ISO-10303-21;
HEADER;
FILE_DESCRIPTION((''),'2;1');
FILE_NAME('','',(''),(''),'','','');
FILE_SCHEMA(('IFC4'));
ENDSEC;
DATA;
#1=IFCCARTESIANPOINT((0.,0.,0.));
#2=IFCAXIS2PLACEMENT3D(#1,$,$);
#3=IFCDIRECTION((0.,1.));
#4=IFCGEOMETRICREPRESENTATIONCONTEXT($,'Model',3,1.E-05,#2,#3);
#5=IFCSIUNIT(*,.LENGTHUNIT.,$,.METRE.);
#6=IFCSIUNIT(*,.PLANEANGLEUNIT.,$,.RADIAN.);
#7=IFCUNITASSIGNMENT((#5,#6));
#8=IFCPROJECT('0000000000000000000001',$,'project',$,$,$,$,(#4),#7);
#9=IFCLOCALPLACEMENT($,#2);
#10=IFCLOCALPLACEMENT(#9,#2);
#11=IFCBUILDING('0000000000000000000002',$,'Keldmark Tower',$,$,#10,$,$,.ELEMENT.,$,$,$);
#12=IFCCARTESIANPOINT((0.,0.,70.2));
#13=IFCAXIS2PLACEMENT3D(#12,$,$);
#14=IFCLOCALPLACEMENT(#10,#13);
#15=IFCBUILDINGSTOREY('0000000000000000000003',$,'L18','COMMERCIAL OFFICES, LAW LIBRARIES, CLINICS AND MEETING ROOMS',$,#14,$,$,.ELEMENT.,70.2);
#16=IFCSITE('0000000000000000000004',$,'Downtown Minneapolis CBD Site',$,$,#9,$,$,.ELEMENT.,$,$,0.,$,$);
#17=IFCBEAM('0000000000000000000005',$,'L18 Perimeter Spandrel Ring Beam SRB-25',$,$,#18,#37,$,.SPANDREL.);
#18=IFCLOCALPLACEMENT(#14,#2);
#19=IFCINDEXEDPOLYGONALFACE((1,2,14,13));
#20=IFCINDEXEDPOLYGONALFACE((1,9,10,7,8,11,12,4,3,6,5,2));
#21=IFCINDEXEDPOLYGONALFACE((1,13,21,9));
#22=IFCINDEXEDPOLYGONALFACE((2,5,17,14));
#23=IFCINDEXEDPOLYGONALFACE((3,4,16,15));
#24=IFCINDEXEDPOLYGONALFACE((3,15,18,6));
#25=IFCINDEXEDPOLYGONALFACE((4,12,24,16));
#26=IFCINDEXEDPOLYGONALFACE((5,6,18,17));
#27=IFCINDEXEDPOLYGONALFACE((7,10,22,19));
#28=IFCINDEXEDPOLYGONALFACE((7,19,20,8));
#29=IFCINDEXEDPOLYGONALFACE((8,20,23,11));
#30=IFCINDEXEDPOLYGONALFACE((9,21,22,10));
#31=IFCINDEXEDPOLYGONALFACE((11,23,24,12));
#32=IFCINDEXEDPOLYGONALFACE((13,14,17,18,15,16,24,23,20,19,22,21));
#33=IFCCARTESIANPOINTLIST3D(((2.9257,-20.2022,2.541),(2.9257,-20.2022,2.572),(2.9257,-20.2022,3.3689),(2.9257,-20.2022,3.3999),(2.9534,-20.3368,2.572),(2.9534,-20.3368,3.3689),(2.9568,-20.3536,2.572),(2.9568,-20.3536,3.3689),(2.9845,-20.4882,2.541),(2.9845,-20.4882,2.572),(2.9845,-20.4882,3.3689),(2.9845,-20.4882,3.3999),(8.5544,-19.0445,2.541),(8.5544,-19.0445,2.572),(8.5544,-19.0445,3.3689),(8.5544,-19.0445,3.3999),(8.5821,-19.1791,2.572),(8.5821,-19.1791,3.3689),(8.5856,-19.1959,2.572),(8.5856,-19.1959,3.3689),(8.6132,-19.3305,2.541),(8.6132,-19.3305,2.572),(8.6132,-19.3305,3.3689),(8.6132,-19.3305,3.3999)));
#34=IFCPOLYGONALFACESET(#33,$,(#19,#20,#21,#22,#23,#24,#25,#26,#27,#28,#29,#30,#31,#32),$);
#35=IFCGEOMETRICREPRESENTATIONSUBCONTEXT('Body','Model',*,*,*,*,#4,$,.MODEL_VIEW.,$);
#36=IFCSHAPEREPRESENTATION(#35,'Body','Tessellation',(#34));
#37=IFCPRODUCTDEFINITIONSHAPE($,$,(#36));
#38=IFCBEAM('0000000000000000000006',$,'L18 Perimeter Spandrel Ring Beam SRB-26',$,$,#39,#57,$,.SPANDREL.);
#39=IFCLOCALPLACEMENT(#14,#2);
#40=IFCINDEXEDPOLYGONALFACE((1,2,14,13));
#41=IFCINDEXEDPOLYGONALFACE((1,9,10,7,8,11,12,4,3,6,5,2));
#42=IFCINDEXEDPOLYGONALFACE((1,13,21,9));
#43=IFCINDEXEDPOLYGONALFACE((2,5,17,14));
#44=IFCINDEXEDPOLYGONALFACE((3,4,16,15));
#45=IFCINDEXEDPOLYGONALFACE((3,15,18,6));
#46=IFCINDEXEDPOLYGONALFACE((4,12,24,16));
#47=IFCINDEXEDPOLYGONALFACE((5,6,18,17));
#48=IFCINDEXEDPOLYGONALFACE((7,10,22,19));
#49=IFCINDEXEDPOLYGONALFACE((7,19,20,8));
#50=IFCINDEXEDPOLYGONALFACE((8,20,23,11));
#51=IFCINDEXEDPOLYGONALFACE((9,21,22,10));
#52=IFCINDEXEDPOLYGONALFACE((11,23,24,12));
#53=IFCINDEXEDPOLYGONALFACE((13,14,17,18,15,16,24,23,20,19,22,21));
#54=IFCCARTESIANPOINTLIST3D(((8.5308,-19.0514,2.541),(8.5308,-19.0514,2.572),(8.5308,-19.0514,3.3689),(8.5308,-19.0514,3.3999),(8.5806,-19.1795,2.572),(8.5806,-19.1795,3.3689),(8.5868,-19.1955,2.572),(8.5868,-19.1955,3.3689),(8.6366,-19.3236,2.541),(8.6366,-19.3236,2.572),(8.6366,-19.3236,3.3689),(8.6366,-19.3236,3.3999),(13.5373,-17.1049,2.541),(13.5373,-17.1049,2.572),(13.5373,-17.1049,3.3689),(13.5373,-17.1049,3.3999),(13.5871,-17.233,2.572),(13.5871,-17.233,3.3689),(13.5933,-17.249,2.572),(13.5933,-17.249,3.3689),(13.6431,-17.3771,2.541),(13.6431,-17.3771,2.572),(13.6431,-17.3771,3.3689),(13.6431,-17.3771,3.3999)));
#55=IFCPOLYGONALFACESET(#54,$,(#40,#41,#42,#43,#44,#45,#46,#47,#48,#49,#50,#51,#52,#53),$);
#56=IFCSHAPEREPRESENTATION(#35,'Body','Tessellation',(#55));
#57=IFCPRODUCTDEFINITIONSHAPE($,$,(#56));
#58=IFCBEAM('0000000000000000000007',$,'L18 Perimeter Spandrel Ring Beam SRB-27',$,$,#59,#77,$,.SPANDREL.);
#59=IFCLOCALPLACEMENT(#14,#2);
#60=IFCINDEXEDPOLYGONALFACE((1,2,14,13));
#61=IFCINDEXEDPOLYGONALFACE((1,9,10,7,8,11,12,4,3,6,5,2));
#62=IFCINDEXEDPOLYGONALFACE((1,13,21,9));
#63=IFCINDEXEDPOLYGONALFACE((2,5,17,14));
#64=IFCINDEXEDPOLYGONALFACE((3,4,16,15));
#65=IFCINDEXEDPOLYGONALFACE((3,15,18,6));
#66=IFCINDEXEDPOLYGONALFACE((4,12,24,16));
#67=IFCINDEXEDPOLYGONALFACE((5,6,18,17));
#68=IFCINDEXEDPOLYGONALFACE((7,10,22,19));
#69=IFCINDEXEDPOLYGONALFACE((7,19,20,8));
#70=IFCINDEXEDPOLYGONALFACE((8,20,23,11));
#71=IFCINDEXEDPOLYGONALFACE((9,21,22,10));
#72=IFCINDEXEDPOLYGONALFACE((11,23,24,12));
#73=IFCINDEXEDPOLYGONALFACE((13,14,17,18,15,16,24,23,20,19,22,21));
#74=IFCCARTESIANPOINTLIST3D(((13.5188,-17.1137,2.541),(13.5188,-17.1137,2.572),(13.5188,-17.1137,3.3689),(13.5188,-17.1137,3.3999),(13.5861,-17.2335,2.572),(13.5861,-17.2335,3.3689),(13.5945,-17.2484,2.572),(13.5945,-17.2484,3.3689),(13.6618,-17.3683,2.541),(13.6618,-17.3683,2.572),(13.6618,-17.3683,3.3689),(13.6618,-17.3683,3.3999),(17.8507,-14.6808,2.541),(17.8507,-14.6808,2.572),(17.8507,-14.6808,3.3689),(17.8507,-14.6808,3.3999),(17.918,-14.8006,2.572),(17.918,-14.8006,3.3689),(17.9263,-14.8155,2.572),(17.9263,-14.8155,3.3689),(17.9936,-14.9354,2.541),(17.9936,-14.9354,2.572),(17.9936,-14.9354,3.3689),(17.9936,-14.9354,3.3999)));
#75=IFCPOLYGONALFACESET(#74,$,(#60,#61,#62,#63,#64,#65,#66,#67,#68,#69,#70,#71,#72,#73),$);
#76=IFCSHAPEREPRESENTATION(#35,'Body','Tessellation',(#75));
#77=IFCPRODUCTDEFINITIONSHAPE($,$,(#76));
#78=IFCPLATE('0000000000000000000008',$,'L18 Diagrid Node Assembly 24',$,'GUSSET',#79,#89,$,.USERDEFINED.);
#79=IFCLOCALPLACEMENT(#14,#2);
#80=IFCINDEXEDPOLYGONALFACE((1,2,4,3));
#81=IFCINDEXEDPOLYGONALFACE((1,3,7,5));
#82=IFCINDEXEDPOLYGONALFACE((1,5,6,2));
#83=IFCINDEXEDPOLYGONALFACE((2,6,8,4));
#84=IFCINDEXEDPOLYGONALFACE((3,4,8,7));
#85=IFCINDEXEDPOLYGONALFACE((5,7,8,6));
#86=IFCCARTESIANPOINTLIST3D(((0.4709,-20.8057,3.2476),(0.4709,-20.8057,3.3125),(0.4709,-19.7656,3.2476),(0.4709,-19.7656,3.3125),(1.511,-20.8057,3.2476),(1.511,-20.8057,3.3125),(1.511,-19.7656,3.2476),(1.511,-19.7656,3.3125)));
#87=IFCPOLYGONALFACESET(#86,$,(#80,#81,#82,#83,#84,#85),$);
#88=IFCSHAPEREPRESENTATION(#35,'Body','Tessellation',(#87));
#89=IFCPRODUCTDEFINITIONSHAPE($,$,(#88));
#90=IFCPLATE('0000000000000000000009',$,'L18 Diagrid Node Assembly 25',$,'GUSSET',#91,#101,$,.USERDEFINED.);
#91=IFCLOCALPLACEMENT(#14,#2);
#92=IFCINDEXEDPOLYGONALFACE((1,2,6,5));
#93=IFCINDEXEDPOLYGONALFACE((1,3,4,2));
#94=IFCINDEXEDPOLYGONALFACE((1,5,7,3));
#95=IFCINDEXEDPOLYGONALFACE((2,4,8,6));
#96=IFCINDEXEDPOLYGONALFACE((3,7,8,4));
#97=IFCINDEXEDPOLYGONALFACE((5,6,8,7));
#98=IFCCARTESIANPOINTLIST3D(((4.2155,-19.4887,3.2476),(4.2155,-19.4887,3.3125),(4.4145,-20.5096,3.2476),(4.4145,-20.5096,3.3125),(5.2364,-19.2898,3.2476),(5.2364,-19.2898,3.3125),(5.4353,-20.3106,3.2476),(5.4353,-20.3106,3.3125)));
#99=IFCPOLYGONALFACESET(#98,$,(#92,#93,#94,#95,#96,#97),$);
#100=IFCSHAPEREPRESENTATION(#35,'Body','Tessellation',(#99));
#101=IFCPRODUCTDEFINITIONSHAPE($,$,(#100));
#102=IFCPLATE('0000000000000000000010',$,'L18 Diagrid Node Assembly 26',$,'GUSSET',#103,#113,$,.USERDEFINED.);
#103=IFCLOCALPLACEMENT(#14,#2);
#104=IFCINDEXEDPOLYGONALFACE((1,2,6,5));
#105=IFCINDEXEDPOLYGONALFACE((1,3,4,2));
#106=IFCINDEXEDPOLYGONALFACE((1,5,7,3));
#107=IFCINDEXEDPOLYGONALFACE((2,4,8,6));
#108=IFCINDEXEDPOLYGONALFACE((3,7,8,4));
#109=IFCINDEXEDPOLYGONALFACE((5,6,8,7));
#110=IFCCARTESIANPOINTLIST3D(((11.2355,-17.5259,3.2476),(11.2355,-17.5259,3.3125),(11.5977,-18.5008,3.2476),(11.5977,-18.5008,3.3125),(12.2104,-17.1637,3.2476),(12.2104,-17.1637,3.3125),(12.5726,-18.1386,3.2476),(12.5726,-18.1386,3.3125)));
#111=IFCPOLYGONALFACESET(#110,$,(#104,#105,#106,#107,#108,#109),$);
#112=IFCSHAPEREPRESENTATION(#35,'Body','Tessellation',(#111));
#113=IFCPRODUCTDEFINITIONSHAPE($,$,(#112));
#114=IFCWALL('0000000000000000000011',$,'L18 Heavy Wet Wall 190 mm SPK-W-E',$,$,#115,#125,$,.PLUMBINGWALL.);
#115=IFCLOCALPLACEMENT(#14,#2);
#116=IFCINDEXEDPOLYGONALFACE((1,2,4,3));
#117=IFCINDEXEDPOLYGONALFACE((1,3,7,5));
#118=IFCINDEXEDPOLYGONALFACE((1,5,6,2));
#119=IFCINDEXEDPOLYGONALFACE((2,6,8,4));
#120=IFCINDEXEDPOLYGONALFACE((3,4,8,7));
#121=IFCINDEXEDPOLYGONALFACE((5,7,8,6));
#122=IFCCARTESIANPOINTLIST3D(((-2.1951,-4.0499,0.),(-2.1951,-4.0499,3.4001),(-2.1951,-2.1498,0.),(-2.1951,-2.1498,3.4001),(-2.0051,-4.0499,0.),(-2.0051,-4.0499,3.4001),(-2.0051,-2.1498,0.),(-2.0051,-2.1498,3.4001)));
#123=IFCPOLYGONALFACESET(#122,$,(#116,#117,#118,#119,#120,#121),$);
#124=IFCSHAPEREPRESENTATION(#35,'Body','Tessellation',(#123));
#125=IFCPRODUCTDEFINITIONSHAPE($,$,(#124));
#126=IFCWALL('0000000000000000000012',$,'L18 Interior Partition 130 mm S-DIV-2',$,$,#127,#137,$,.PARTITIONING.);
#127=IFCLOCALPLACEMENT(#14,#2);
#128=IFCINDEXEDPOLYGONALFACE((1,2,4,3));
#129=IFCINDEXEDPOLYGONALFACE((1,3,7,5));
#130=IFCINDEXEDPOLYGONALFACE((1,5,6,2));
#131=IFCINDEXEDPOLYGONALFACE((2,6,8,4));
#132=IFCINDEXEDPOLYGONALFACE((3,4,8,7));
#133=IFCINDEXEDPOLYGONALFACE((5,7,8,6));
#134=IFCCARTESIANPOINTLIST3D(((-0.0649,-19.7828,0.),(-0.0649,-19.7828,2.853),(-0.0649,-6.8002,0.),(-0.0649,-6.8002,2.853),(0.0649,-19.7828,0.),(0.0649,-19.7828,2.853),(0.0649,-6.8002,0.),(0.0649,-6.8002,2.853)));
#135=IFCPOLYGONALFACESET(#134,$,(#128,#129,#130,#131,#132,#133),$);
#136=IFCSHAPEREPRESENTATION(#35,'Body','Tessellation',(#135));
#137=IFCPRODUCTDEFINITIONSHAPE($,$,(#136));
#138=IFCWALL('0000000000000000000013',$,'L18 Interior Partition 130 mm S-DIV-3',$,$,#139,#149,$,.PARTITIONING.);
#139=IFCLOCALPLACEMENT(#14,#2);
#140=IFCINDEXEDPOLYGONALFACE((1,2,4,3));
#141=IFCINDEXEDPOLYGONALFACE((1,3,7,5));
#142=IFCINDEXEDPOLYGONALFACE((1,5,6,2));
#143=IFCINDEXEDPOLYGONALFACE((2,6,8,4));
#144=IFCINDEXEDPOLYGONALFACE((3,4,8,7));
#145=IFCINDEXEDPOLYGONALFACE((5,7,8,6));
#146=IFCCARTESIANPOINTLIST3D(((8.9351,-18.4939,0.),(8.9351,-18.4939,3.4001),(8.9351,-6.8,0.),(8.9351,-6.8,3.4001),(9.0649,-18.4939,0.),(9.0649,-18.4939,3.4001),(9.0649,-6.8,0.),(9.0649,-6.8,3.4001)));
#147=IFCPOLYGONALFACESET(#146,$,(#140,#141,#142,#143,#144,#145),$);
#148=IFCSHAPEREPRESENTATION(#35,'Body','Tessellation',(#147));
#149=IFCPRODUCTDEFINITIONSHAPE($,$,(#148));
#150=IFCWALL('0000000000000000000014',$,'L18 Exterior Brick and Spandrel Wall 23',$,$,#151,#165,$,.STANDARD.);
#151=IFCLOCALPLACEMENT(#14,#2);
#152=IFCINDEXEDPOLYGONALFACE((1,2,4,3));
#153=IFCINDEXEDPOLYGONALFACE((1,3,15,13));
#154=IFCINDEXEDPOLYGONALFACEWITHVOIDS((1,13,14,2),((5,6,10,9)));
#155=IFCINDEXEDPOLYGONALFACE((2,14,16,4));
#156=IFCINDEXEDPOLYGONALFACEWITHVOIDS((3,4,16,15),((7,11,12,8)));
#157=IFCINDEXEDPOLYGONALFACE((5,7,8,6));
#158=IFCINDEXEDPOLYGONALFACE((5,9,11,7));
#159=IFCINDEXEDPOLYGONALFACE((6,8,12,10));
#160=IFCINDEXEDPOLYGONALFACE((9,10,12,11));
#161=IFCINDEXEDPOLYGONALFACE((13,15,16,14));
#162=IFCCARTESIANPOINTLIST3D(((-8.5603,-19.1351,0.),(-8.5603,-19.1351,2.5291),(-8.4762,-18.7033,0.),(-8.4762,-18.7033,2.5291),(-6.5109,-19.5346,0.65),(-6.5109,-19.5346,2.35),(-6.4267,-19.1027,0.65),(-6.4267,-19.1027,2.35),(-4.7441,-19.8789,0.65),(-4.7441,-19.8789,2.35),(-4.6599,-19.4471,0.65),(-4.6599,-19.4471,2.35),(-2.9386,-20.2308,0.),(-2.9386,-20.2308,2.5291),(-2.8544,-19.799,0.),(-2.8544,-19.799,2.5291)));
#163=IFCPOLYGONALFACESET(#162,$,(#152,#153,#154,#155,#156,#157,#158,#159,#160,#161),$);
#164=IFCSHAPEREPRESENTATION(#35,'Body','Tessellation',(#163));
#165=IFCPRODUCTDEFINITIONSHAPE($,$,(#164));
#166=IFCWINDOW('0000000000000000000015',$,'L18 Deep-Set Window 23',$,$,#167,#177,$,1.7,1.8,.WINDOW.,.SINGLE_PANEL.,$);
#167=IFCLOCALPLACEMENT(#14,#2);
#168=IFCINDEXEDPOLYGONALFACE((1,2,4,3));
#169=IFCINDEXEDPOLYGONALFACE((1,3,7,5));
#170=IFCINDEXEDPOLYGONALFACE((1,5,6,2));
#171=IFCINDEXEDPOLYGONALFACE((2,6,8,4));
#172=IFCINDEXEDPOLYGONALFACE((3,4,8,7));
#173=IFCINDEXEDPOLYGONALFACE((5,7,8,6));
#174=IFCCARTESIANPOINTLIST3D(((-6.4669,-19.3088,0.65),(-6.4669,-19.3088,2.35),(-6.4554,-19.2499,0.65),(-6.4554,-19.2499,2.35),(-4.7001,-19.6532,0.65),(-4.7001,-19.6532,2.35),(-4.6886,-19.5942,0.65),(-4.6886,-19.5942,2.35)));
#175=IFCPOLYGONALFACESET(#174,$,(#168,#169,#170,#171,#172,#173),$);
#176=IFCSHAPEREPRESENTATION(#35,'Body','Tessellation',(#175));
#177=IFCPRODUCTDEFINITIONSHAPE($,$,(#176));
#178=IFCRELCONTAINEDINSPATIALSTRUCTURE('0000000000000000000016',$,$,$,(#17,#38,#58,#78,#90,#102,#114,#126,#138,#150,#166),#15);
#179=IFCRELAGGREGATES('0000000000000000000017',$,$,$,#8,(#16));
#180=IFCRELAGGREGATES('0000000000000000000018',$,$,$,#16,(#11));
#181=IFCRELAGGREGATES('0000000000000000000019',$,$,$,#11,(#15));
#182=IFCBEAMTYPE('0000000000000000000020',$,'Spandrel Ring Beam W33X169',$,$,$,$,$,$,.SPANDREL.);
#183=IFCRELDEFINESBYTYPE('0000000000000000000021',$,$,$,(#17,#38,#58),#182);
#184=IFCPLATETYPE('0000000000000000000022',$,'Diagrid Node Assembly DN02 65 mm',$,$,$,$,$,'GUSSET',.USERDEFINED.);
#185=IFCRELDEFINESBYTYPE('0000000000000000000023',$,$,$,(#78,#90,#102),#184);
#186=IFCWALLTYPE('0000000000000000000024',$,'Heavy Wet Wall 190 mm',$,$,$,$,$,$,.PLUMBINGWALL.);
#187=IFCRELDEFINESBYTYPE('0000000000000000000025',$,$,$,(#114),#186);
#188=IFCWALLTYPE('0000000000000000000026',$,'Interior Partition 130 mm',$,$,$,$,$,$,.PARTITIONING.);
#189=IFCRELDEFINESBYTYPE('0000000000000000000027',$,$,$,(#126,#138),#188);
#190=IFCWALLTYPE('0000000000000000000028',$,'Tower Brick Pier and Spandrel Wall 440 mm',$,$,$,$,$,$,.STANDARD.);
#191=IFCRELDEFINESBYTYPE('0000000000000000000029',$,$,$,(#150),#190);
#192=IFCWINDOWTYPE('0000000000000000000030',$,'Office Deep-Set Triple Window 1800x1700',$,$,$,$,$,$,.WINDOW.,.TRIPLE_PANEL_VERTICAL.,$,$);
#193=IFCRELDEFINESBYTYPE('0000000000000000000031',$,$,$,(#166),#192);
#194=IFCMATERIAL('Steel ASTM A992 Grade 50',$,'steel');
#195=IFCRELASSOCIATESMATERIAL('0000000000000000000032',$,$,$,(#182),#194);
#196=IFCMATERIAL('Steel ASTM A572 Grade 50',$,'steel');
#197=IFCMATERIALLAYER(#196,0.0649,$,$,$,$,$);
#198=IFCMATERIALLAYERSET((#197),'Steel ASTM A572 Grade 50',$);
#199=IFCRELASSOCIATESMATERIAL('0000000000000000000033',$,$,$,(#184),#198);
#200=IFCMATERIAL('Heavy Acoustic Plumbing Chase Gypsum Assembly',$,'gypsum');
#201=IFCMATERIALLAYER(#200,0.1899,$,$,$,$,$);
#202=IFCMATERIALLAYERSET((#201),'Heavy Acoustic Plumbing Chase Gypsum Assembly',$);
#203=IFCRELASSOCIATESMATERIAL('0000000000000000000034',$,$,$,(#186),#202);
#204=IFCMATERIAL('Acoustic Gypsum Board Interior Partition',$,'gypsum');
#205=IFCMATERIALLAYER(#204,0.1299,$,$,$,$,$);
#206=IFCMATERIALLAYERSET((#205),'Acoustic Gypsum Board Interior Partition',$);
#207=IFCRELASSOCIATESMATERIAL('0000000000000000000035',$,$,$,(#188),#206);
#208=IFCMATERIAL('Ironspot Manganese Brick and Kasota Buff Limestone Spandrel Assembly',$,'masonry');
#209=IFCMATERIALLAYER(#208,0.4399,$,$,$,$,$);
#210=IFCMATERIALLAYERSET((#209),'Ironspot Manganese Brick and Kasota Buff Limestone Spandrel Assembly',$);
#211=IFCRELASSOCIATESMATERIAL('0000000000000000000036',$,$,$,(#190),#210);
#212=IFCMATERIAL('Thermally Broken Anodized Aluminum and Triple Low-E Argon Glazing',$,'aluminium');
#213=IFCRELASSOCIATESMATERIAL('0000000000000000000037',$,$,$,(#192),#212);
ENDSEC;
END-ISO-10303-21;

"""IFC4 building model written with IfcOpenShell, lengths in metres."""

from ifc_helpers import new_model, si_unit, direction, frame, frame_2d, origin, origin_2d, place, context, subcontext, project, spatial, rectangle, i_section, extrude, material, layer, layer_set, material_profile, profile_set, type_object, element, fill, save


model = new_model("IFC4")

# Units and contexts
model_context = context("Model", 3, precision=1e-05, world=origin(), true_north=direction((0.0, 1.0)))
body_context = subcontext(model_context, "Body", "Model", "MODEL_VIEW")
ifc_project = project(units=[si_unit("LENGTHUNIT", "METRE"), si_unit("PLANEANGLEUNIT", "RADIAN")], contexts=[model_context])

# Site, building, storey
site_placement = place(None, origin())
site = spatial("IfcSite", under=ifc_project, at=site_placement, Name="Downtown Minneapolis CBD Site", CompositionType="ELEMENT", RefElevation=0.0)
building_placement = place(site_placement, origin())
building = spatial("IfcBuilding", under=site, at=building_placement, Name="Keldmark Tower", CompositionType="ELEMENT")
storey_placement = place(building_placement, frame((0.0, 0.0, 70.2)))
storey = spatial("IfcBuildingStorey", under=building, at=storey_placement, Name="L18", Description="COMMERCIAL OFFICES, LAW LIBRARIES, CLINICS AND MEETING ROOMS", CompositionType="ELEMENT", Elevation=70.2)

# Beams
ifc_material_1 = material(Name="Steel ASTM A992 Grade 50", Category="steel")
ifc_material_profile_1 = material_profile(ifc_material_1, i_section(OverallWidth=0.292, OverallDepth=0.8589, WebThickness=0.0171, FlangeThickness=0.031, at=origin_2d()), Name="W33X169")
ifc_profile_set_1 = profile_set([ifc_material_profile_1], Name="Steel ASTM A992 Grade 50")
beam_type_1 = type_object("IfcBeamType", Name="Spandrel Ring Beam W33X169", PredefinedType="SPANDREL", material=ifc_profile_set_1)
beam_1_placement = place(storey_placement, frame((2.9551, -20.3452, 2.9705), z_axis=(0.979496, 0.201465, 0.0), x_axis=(-0.201465, 0.979496, 0.0)))
element("IfcBeam", 1, at=beam_1_placement, inside=storey, type_object=beam_type_1, Name="L18 Perimeter Spandrel Ring Beam SRB-25", PredefinedType="SPANDREL", context=body_context, shape_type="SweptSolid", body=[
    extrude(i_section(OverallWidth=0.292, OverallDepth=0.8589, WebThickness=0.0171, FlangeThickness=0.031, at=origin_2d()), origin(), (0.0, 0.0, 1.0), 5.7466),
])
beam_2_placement = place(storey_placement, frame((8.5837, -19.1875, 2.9705), z_axis=(0.932035, 0.362369, 0.0), x_axis=(-0.362369, 0.932035, 0.0)))
element("IfcBeam", 2, at=beam_2_placement, inside=storey, type_object=beam_type_1, Name="L18 Perimeter Spandrel Ring Beam SRB-26", PredefinedType="SPANDREL", context=body_context, shape_type="SweptSolid", body=[
    extrude(i_section(OverallWidth=0.292, OverallDepth=0.8589, WebThickness=0.0171, FlangeThickness=0.031, at=origin_2d()), origin(), (0.0, 0.0, 1.0), 5.3716),
])
beam_3_placement = place(storey_placement, frame((13.5903, -17.241, 2.9705), z_axis=(0.871899, 0.489685, 0.0), x_axis=(-0.489685, 0.871899, 0.0)))
element("IfcBeam", 3, at=beam_3_placement, inside=storey, type_object=beam_type_1, Name="L18 Perimeter Spandrel Ring Beam SRB-27", PredefinedType="SPANDREL", context=body_context, shape_type="SweptSolid", body=[
    extrude(i_section(OverallWidth=0.292, OverallDepth=0.8589, WebThickness=0.0171, FlangeThickness=0.031, at=origin_2d()), origin(), (0.0, 0.0, 1.0), 4.9683),
])

# Plates
ifc_material_2 = material(Name="Steel ASTM A572 Grade 50", Category="steel")
ifc_layer_1 = layer(ifc_material_2, 0.0649)
ifc_layer_set_1 = layer_set([ifc_layer_1], Name="Steel ASTM A572 Grade 50")
plate_type = type_object("IfcPlateType", Name="Diagrid Node Assembly DN02 65 mm", ElementType="GUSSET", PredefinedType="USERDEFINED", material=ifc_layer_set_1)
for number, where, z_axis, x_axis, name in (
    (4, (0.991, -20.2856, 3.2476), (0.0, 0.0, 1.0), (1.0, 0.0, 0.0), "L18 Diagrid Node Assembly 24"),
    (5, (4.8254, -19.8997, 3.2476), (0.0, 0.0, 1.0), (0.981527, 0.191323, 0.0), "L18 Diagrid Node Assembly 25"),
    (6, (11.9041, -17.8323, 3.2476), (0.0, 0.0, 1.0), (0.937404, 0.348245, 0.0), "L18 Diagrid Node Assembly 26"),
):
    element("IfcPlate", number, at=place(storey_placement, frame(where, z_axis=z_axis, x_axis=x_axis)), inside=storey, type_object=plate_type, Name=name, ObjectType="GUSSET", PredefinedType="USERDEFINED", context=body_context, shape_type="SweptSolid", body=[
        extrude(rectangle(XDim=1.04, YDim=1.04, at=origin_2d()), origin(), (0.0, 0.0, 1.0), 0.0649),
    ])

# Walls
ifc_material_3 = material(Name="Heavy Acoustic Plumbing Chase Gypsum Assembly", Category="gypsum")
ifc_layer_2 = layer(ifc_material_3, 0.1899)
ifc_layer_set_2 = layer_set([ifc_layer_2], Name="Heavy Acoustic Plumbing Chase Gypsum Assembly")
wall_type_1 = type_object("IfcWallType", Name="Heavy Wet Wall 190 mm", PredefinedType="PLUMBINGWALL", material=ifc_layer_set_2)
wall_1_placement = place(storey_placement, frame((-2.1001, -4.05, 0.0), z_axis=(0.0, 0.0, 1.0), x_axis=(0.0, 1.0, 0.0)))
element("IfcWall", 7, at=wall_1_placement, inside=storey, type_object=wall_type_1, Name="L18 Heavy Wet Wall 190 mm SPK-W-E", PredefinedType="PLUMBINGWALL", context=body_context, shape_type="SweptSolid", body=[
    extrude(rectangle(XDim=1.9001, YDim=0.1899, at=frame_2d((0.9502, 0.0))), origin(), (0.0, 0.0, 1.0), 3.4001),
])
ifc_material_4 = material(Name="Acoustic Gypsum Board Interior Partition", Category="gypsum")
ifc_layer_3 = layer(ifc_material_4, 0.1299)
ifc_layer_set_3 = layer_set([ifc_layer_3], Name="Acoustic Gypsum Board Interior Partition")
wall_type_2 = type_object("IfcWallType", Name="Interior Partition 130 mm", PredefinedType="PARTITIONING", material=ifc_layer_set_3)
wall_2_placement = place(storey_placement, frame((0.0, -19.7827, 0.0), z_axis=(0.0, 0.0, 1.0), x_axis=(0.0, 1.0, 0.0)))
element("IfcWall", 8, at=wall_2_placement, inside=storey, type_object=wall_type_2, Name="L18 Interior Partition 130 mm S-DIV-2", PredefinedType="PARTITIONING", context=body_context, shape_type="SweptSolid", body=[
    extrude(rectangle(XDim=12.9827, YDim=0.1299, at=frame_2d((6.4912, 0.0))), origin(), (0.0, 0.0, 1.0), 2.853),
])
wall_3_placement = place(storey_placement, frame((9.0, -18.4939, 0.0), z_axis=(0.0, 0.0, 1.0), x_axis=(0.0, 1.0, 0.0)))
element("IfcWall", 9, at=wall_3_placement, inside=storey, type_object=wall_type_2, Name="L18 Interior Partition 130 mm S-DIV-3", PredefinedType="PARTITIONING", context=body_context, shape_type="SweptSolid", body=[
    extrude(rectangle(XDim=11.6938, YDim=0.1299, at=frame_2d((5.8469, 0.0))), origin(), (0.0, 0.0, 1.0), 3.4001),
])

# Wall, opening, window
ifc_material_5 = material(Name="Ironspot Manganese Brick and Kasota Buff Limestone Spandrel Assembly", Category="masonry")
ifc_layer_4 = layer(ifc_material_5, 0.4399)
ifc_layer_set_4 = layer_set([ifc_layer_4], Name="Ironspot Manganese Brick and Kasota Buff Limestone Spandrel Assembly")
wall_type_3 = type_object("IfcWallType", Name="Tower Brick Pier and Spandrel Wall 440 mm", PredefinedType="STANDARD", material=ifc_layer_set_4)
wall_4_placement = place(storey_placement, frame((-2.8965, -20.0149, 0.0), z_axis=(0.0, 0.0, 1.0), x_axis=(-0.981531, 0.191302, 0.0)))
wall_4 = element("IfcWall", 10, at=wall_4_placement, inside=storey, type_object=wall_type_3, Name="L18 Exterior Brick and Spandrel Wall 23", PredefinedType="STANDARD", context=body_context, shape_type="SweptSolid", body=[
    extrude(rectangle(XDim=5.7275, YDim=0.4399, at=frame_2d((2.8638, 0.0))), origin(), (0.0, 0.0, 1.0), 2.5291),
])
opening_1_placement = place(wall_4_placement, frame((1.8396, 0.0, 0.6499)))
opening_1 = element("IfcOpeningElement", 11, at=opening_1_placement, cuts=wall_4, PredefinedType="OPENING", context=body_context, shape_type="SweptSolid", body=[
    extrude(rectangle(XDim=1.8, YDim=1.7, at=frame_2d((0.8999, 0.8501))), frame((0.0, 0.23, 0.0), z_axis=(0.0, -1.0, 0.0), x_axis=(1.0, 0.0, 0.0)), (0.0, 0.0, 1.0), 0.46),
])
ifc_material_6 = material(Name="Thermally Broken Anodized Aluminum and Triple Low-E Argon Glazing", Category="aluminium")
window_type = type_object("IfcWindowType", Name="Office Deep-Set Triple Window 1800x1700", PartitioningType="TRIPLE_PANEL_VERTICAL", PredefinedType="WINDOW", material=ifc_material_6)
window_1_placement = place(opening_1_placement, origin())
window_1 = element("IfcWindow", 12, at=window_1_placement, inside=storey, type_object=window_type, Name="L18 Deep-Set Window 23", OverallHeight=1.7, OverallWidth=1.8, PartitioningType="SINGLE_PANEL", PredefinedType="WINDOW", context=body_context, shape_type="SweptSolid", body=[
    extrude(rectangle(XDim=1.8, YDim=1.7, at=frame_2d((0.8999, 0.8501))), frame((0.0, -0.01, 0.0), z_axis=(0.0, -1.0, 0.0), x_axis=(1.0, 0.0, 0.0)), (0.0, 0.0, 1.0), 0.0601),
])
fill(opening_1, window_1)

save(model, "model.ifc")
